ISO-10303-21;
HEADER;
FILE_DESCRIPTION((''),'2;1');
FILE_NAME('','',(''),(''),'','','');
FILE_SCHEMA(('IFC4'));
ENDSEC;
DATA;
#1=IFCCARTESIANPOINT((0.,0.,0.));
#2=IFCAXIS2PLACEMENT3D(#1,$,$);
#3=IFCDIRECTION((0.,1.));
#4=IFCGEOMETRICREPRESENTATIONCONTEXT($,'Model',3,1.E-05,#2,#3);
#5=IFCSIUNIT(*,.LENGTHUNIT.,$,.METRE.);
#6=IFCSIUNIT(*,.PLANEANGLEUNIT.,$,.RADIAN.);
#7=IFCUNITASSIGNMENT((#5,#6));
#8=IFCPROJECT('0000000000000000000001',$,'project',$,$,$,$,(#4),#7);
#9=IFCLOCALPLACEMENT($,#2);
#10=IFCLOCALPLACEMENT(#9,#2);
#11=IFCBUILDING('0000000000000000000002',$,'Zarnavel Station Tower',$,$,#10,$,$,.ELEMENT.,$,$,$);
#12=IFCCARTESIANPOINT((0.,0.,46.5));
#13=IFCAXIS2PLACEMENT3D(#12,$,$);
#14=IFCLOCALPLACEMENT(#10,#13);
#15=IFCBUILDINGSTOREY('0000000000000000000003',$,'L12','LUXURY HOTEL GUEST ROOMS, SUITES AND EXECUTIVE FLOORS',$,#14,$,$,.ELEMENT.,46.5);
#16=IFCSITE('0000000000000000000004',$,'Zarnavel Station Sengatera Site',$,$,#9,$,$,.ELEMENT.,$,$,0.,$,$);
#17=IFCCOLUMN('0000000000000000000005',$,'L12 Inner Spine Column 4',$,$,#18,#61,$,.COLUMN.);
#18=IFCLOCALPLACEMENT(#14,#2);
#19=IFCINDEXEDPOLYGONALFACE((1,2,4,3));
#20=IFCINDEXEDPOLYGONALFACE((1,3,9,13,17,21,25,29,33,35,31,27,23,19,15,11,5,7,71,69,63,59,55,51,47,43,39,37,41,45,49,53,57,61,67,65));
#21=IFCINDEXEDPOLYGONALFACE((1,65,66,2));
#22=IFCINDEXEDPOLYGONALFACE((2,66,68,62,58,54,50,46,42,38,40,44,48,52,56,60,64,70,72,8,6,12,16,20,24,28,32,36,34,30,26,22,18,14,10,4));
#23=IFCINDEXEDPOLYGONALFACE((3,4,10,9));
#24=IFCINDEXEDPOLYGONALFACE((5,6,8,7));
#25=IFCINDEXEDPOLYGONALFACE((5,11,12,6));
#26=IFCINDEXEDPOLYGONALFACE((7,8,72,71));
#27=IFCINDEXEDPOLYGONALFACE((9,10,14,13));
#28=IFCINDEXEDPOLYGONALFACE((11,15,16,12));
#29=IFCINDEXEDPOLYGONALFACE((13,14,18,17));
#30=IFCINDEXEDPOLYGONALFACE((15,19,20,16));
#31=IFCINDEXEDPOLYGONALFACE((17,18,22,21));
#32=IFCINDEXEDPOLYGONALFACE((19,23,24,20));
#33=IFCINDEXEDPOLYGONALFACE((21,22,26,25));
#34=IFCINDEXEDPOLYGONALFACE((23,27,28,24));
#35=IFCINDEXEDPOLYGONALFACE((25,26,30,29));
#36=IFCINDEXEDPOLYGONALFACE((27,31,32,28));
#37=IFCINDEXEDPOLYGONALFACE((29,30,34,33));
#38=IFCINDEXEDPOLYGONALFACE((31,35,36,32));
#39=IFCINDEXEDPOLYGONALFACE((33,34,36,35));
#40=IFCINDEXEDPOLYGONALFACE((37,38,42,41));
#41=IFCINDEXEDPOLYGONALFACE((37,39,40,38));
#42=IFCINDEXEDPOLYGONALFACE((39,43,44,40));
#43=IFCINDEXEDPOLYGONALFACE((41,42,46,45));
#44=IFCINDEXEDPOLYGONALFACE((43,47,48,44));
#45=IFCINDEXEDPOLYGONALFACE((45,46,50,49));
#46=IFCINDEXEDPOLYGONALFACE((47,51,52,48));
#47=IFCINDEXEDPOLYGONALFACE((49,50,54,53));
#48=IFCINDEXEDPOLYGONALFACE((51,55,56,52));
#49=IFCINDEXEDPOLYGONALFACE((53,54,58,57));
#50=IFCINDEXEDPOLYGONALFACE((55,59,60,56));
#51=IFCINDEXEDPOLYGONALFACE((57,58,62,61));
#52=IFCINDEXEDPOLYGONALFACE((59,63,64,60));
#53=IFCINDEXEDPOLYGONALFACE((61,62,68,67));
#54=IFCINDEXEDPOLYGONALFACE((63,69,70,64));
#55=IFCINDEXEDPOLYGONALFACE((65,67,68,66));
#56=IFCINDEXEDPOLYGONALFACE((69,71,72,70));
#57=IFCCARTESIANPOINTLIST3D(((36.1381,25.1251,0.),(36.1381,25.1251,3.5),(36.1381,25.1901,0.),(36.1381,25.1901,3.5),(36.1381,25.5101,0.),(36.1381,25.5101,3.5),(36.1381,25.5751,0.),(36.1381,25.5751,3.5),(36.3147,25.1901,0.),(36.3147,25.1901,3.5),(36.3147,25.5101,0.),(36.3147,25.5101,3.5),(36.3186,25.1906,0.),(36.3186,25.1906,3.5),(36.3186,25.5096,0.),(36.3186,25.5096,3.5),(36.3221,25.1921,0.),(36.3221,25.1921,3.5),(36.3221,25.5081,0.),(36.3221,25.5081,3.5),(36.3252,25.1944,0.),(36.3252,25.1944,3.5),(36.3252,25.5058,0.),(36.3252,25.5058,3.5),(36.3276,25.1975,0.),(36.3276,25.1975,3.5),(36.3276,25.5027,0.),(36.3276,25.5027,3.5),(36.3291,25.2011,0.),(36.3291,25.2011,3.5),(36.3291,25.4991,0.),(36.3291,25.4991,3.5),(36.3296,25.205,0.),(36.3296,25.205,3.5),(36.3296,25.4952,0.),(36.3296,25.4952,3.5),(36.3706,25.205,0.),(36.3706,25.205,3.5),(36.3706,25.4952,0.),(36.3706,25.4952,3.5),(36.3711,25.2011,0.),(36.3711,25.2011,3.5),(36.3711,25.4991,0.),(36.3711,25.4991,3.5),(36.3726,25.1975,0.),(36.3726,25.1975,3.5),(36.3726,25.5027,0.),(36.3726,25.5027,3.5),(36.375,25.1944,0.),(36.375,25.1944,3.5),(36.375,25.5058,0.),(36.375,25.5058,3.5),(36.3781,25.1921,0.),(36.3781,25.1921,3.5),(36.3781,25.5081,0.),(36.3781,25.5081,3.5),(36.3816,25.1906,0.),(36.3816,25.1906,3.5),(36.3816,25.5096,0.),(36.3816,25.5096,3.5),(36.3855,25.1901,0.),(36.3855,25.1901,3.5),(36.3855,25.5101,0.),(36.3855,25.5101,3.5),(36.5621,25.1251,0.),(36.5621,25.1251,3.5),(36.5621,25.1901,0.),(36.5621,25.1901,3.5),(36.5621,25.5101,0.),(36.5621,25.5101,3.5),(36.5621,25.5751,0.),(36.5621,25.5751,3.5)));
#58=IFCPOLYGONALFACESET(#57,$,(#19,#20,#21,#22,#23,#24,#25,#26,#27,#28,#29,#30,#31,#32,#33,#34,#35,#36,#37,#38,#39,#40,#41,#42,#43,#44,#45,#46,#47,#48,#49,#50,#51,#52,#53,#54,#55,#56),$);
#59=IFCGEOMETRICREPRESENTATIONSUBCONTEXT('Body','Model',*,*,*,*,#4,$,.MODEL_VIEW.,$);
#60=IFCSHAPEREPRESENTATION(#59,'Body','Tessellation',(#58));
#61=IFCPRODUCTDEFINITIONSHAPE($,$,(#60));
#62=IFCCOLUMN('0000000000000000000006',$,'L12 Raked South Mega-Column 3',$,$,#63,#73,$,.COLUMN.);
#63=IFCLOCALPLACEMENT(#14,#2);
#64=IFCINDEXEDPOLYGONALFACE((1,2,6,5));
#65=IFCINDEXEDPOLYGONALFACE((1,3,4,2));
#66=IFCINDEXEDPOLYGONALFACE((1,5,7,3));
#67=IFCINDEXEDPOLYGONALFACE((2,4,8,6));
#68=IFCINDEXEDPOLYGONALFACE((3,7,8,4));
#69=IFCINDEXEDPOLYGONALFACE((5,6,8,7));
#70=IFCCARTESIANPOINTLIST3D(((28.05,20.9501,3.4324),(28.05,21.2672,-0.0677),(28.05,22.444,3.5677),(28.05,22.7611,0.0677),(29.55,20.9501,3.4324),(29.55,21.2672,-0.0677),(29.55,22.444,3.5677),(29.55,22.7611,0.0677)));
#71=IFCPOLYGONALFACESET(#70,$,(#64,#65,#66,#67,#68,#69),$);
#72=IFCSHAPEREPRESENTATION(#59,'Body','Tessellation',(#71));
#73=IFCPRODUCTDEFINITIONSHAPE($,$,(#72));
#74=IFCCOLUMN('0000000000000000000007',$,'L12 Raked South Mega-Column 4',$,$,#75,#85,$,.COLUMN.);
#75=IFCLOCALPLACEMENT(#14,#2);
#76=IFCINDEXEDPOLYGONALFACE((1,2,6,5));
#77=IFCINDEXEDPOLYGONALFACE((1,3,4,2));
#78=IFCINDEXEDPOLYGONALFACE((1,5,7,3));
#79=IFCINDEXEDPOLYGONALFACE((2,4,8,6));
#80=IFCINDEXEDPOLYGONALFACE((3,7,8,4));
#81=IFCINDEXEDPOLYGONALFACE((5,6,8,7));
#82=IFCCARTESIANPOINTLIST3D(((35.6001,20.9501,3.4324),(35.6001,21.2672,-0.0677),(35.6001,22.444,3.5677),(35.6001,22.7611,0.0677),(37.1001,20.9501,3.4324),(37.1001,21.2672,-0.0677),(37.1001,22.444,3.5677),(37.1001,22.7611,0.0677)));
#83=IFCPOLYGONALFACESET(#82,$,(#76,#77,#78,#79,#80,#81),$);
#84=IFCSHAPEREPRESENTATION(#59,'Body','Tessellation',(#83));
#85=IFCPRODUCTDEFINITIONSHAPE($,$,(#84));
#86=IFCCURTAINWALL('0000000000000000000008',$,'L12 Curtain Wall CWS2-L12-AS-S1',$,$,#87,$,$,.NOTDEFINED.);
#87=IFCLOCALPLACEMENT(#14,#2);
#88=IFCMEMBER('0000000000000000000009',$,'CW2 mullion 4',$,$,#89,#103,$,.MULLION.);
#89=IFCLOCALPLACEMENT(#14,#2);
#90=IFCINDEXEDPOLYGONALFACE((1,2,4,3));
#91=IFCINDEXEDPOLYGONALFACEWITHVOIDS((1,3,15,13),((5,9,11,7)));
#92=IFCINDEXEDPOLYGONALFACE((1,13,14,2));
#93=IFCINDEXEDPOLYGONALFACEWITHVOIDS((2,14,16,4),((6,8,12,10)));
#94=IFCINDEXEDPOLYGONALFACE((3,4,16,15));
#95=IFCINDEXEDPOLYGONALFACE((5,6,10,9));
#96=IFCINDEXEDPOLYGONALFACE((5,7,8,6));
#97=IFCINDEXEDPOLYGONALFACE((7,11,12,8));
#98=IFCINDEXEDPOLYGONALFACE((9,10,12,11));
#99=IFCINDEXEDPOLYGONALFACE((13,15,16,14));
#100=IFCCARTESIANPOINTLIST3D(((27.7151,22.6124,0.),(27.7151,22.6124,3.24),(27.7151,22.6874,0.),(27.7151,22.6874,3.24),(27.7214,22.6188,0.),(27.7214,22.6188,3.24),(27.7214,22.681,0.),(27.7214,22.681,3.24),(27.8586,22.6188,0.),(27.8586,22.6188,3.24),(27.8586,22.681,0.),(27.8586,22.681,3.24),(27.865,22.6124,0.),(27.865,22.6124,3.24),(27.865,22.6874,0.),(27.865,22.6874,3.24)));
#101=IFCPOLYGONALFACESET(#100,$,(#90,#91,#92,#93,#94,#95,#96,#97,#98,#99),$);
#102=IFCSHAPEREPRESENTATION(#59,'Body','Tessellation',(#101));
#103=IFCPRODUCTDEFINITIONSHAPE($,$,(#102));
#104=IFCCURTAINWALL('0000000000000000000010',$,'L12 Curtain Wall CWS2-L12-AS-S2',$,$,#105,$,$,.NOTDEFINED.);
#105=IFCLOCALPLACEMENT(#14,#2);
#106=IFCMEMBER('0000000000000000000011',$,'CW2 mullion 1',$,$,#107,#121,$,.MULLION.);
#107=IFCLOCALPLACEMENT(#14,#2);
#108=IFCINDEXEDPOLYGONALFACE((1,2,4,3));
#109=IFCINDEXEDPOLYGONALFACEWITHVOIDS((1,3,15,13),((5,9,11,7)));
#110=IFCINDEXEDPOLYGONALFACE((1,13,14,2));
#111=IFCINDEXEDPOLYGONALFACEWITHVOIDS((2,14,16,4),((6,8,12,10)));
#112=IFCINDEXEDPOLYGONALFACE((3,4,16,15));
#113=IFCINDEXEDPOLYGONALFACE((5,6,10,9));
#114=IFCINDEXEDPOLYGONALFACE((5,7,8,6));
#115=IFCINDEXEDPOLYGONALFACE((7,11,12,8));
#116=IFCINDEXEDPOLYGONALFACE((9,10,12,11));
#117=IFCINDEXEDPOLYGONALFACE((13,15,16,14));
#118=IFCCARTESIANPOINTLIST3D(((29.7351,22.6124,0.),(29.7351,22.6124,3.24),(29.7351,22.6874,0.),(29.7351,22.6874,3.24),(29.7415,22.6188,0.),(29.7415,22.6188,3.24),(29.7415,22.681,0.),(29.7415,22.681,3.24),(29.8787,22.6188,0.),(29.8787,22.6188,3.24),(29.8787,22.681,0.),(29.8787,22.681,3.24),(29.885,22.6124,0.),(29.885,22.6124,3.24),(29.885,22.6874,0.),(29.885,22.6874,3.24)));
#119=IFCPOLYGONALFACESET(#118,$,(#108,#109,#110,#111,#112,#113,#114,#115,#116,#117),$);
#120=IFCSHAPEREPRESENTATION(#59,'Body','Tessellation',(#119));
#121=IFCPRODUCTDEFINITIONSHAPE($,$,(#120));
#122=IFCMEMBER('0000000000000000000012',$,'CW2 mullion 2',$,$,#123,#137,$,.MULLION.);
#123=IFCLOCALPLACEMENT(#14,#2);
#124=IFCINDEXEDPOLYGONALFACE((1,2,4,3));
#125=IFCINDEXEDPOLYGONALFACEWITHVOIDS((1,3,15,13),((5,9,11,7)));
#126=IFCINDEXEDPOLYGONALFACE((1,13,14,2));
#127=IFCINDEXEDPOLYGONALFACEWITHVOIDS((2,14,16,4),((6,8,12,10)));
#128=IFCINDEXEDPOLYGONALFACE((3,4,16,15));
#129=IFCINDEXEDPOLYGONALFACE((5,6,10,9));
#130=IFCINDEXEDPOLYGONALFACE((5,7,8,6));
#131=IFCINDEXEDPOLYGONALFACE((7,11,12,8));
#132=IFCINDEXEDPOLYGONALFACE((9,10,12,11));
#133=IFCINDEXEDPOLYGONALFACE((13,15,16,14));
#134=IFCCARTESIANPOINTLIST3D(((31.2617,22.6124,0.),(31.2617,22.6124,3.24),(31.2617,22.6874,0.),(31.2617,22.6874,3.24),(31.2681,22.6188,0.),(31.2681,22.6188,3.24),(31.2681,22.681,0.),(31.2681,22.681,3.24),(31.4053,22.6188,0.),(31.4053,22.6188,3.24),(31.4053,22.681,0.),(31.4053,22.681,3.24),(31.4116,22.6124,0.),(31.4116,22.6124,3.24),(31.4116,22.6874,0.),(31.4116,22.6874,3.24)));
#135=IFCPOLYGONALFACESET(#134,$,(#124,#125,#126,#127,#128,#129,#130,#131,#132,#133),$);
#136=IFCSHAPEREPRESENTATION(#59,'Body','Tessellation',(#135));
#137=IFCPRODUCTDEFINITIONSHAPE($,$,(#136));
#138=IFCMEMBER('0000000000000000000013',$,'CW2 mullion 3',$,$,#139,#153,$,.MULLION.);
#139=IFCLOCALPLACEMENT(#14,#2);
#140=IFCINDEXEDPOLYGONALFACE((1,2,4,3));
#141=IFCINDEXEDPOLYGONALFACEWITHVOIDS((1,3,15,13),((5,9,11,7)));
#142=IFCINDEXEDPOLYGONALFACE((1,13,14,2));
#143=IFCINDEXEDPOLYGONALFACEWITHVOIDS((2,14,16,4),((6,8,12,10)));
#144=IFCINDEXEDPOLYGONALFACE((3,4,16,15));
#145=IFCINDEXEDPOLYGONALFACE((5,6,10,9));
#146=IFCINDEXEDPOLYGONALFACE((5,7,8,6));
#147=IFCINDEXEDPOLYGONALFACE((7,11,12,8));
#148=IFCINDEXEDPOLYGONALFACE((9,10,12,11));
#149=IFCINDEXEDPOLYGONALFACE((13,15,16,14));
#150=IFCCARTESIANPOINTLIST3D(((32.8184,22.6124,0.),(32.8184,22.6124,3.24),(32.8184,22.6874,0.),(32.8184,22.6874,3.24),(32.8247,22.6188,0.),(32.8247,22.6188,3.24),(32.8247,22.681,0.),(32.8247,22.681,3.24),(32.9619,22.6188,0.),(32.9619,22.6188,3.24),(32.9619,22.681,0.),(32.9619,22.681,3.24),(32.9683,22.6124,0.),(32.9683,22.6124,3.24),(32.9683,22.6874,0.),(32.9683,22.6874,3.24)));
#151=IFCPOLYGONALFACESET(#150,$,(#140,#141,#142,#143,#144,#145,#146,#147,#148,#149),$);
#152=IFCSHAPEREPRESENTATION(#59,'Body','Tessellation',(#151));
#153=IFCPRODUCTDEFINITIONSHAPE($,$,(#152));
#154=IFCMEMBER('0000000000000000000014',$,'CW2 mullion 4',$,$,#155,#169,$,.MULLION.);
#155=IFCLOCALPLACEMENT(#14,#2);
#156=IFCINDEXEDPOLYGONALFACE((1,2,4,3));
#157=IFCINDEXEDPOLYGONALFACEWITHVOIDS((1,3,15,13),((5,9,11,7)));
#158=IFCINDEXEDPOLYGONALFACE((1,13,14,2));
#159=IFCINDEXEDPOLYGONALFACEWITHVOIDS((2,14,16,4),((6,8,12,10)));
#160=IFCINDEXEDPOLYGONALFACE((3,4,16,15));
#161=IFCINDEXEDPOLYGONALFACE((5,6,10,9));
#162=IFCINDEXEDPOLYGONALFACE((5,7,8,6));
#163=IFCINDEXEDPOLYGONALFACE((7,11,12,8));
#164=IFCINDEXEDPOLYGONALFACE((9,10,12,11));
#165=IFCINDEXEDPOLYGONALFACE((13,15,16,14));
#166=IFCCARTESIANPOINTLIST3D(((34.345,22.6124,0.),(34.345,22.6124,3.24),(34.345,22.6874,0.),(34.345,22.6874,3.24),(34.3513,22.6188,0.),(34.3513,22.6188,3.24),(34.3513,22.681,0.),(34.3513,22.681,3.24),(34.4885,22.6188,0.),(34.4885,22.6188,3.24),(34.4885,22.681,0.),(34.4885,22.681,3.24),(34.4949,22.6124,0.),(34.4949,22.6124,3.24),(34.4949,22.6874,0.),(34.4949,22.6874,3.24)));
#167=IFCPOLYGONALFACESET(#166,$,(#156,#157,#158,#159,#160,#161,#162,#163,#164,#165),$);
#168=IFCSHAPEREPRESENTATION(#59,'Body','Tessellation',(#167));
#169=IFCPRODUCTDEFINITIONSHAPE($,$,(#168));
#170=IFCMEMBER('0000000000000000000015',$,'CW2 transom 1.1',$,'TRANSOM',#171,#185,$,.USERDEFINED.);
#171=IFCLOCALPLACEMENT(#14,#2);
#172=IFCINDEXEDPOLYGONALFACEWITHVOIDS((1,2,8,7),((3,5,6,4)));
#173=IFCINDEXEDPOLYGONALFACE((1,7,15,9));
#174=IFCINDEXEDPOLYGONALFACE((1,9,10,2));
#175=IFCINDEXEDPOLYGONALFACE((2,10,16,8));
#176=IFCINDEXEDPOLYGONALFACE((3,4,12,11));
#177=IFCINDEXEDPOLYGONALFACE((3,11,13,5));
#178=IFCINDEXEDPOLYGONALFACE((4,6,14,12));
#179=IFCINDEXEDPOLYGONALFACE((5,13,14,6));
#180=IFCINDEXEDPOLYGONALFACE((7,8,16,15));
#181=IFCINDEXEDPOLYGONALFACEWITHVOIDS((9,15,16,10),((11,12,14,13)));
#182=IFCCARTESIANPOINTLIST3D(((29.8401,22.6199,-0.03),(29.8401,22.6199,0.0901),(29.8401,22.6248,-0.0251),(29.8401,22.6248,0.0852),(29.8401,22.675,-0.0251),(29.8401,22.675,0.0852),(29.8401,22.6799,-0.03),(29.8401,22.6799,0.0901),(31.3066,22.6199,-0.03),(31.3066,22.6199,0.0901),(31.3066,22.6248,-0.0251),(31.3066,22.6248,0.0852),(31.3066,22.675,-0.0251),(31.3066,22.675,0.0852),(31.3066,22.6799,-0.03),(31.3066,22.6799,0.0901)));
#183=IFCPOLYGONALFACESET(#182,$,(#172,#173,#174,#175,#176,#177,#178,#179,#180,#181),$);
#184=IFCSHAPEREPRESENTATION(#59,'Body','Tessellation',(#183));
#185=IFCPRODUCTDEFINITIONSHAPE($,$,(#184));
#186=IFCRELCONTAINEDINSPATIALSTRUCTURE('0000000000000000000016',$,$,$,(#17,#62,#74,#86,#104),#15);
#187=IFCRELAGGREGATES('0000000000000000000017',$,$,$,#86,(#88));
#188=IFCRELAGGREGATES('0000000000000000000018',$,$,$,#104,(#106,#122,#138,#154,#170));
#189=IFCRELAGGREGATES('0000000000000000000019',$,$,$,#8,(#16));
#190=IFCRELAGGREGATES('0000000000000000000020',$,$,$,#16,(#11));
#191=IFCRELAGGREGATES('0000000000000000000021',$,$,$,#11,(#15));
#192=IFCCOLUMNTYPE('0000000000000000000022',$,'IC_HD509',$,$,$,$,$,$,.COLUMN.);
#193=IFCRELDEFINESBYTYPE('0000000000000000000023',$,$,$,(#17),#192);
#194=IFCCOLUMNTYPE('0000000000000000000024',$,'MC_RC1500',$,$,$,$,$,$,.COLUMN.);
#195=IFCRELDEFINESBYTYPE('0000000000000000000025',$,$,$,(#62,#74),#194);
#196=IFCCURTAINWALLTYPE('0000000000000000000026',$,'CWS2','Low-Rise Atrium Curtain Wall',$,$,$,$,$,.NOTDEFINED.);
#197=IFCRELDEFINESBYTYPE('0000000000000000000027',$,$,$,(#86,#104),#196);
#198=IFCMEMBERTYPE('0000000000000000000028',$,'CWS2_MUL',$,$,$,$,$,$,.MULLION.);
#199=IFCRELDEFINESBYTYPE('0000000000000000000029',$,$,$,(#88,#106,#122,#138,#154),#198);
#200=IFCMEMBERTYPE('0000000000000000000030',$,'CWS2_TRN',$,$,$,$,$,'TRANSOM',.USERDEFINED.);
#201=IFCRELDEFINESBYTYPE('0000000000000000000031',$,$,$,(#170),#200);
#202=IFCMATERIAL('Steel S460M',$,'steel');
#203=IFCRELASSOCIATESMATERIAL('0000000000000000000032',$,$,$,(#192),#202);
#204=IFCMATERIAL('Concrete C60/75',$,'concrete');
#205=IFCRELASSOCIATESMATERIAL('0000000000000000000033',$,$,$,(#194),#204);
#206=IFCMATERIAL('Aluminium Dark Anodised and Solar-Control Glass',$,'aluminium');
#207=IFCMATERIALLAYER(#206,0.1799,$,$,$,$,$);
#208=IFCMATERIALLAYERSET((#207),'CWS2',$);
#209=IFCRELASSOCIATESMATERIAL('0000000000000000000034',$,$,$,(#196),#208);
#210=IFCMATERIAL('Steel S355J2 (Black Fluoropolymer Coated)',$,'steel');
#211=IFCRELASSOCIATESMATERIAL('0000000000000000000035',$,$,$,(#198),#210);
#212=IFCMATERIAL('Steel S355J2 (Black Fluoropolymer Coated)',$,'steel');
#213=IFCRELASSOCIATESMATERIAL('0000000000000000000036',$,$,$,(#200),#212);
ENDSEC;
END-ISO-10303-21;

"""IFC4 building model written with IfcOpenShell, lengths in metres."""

from ifc_helpers import new_model, si_unit, direction, frame, origin, origin_2d, place, context, subcontext, project, spatial, rectangle, hollow_rectangle, i_section, extrude, material, layer, layer_set, material_profile, profile_set, type_object, element, aggregate, save


model = new_model("IFC4")

# Units and contexts
model_context = context("Model", 3, precision=1e-05, world=origin(), true_north=direction((0.0, 1.0)))
body_context = subcontext(model_context, "Body", "Model", "MODEL_VIEW")
ifc_project = project(units=[si_unit("LENGTHUNIT", "METRE"), si_unit("PLANEANGLEUNIT", "RADIAN")], contexts=[model_context])

# Site, building, storey
site_placement = place(None, origin())
site = spatial("IfcSite", under=ifc_project, at=site_placement, Name="Zarnavel Station Sengatera Site", CompositionType="ELEMENT", RefElevation=0.0)
building_placement = place(site_placement, origin())
building = spatial("IfcBuilding", under=site, at=building_placement, Name="Zarnavel Station Tower", CompositionType="ELEMENT")
storey_placement = place(building_placement, frame((0.0, 0.0, 46.5)))
storey = spatial("IfcBuildingStorey", under=building, at=storey_placement, Name="L12", Description="LUXURY HOTEL GUEST ROOMS, SUITES AND EXECUTIVE FLOORS", CompositionType="ELEMENT", Elevation=46.5)

# Columns
ifc_material_1 = material(Name="Steel S460M", Category="steel")
ifc_material_profile_1 = material_profile(ifc_material_1, i_section(OverallWidth=0.4241, OverallDepth=0.45, WebThickness=0.041, FlangeThickness=0.0649, FilletRadius=0.0149, at=origin_2d()), Name="HD400x509")
ifc_profile_set_1 = profile_set([ifc_material_profile_1], Name="Steel S460M")
column_type_1 = type_object("IfcColumnType", Name="IC_HD509", PredefinedType="COLUMN", material=ifc_profile_set_1)
column_placement = place(storey_placement, frame((36.3501, 25.3501, 0.0), z_axis=(0.0, 0.0, 1.0), x_axis=(1.0, 0.0, 0.0)))
element("IfcColumn", 1, at=column_placement, inside=storey, type_object=column_type_1, Name="L12 Inner Spine Column 4", PredefinedType="COLUMN", context=body_context, shape_type="SweptSolid", body=[
    extrude(i_section(OverallWidth=0.4241, OverallDepth=0.45, WebThickness=0.041, FlangeThickness=0.0649, FilletRadius=0.0149, at=origin_2d()), origin(), (0.0, 0.0, 1.0), 3.5),
])
ifc_material_2 = material(Name="Concrete C60/75", Category="concrete")
ifc_material_profile_2 = material_profile(ifc_material_2, rectangle(XDim=1.5, YDim=1.5, at=origin_2d()), Name="RC1500x1500")
ifc_profile_set_2 = profile_set([ifc_material_profile_2], Name="Concrete C60/75")
column_type_2 = type_object("IfcColumnType", Name="MC_RC1500", PredefinedType="COLUMN", material=ifc_profile_set_2)
for number, where, z_axis, x_axis, name in (
    (2, (28.8, 22.0142, 0.0), (0.0, -0.090241, 0.99592), (1.0, 0.0, 0.0), "L12 Raked South Mega-Column 3"),
    (3, (36.3501, 22.0142, 0.0), (0.0, -0.090241, 0.99592), (1.0, 0.0, 0.0), "L12 Raked South Mega-Column 4"),
):
    element("IfcColumn", number, at=place(storey_placement, frame(where, z_axis=z_axis, x_axis=x_axis)), inside=storey, type_object=column_type_2, Name=name, PredefinedType="COLUMN", context=body_context, shape_type="SweptSolid", body=[
        extrude(rectangle(XDim=1.5, YDim=1.5, at=origin_2d()), origin(), (0.0, 0.0, 1.0), 3.5144),
    ])

# Curtain wall, member
ifc_material_3 = material(Name="Aluminium Dark Anodised and Solar-Control Glass", Category="aluminium")
ifc_layer_1 = layer(ifc_material_3, 0.1799)
ifc_layer_set_1 = layer_set([ifc_layer_1], Name="CWS2")
curtain_wall_type = type_object("IfcCurtainWallType", Name="CWS2", Description="Low-Rise Atrium Curtain Wall", PredefinedType="NOTDEFINED", material=ifc_layer_set_1)
curtain_wall_1_placement = place(storey_placement, origin())
curtain_wall_1 = element("IfcCurtainWall", 4, at=curtain_wall_1_placement, inside=storey, type_object=curtain_wall_type, Name="L12 Curtain Wall CWS2-L12-AS-S1", PredefinedType="NOTDEFINED")
ifc_material_4 = material(Name="Steel S355J2 (Black Fluoropolymer Coated)", Category="steel")
ifc_material_profile_3 = material_profile(ifc_material_4, hollow_rectangle(XDim=0.075, YDim=0.1499, WallThickness=0.0063, at=origin_2d()), Name="RHS150x75x6.3")
ifc_profile_set_3 = profile_set([ifc_material_profile_3], Name="Steel S355J2 (Black Fluoropolymer Coated)")
member_type_1 = type_object("IfcMemberType", Name="CWS2_MUL", PredefinedType="MULLION", material=ifc_profile_set_3)
member_1_placement = place(storey_placement, frame((27.79, 22.6499, 0.0), z_axis=(0.0, 0.0, 1.0), x_axis=(0.0, 1.0, 0.0)))
member_1 = element("IfcMember", 5, at=member_1_placement, type_object=member_type_1, Name="CW2 mullion 4", PredefinedType="MULLION", context=body_context, shape_type="SweptSolid", body=[
    extrude(hollow_rectangle(XDim=0.075, YDim=0.1499, WallThickness=0.0063, at=origin_2d()), origin(), (0.0, 0.0, 1.0), 3.24),
])
aggregate(curtain_wall_1, [member_1])

# Curtain wall, members
curtain_wall_2_placement = place(storey_placement, origin())
curtain_wall_2 = element("IfcCurtainWall", 6, at=curtain_wall_2_placement, inside=storey, type_object=curtain_wall_type, Name="L12 Curtain Wall CWS2-L12-AS-S2", PredefinedType="NOTDEFINED")
member_2_placement = place(storey_placement, frame((29.8101, 22.6499, 0.0), z_axis=(0.0, 0.0, 1.0), x_axis=(0.0, 1.0, 0.0)))
member_2 = element("IfcMember", 7, at=member_2_placement, type_object=member_type_1, Name="CW2 mullion 1", PredefinedType="MULLION", context=body_context, shape_type="SweptSolid", body=[
    extrude(hollow_rectangle(XDim=0.075, YDim=0.1499, WallThickness=0.0063, at=origin_2d()), origin(), (0.0, 0.0, 1.0), 3.24),
])
member_3_placement = place(storey_placement, frame((31.3367, 22.6499, 0.0), z_axis=(0.0, 0.0, 1.0), x_axis=(0.0, 1.0, 0.0)))
member_3 = element("IfcMember", 8, at=member_3_placement, type_object=member_type_1, Name="CW2 mullion 2", PredefinedType="MULLION", context=body_context, shape_type="SweptSolid", body=[
    extrude(hollow_rectangle(XDim=0.075, YDim=0.1499, WallThickness=0.0063, at=origin_2d()), origin(), (0.0, 0.0, 1.0), 3.24),
])
member_4_placement = place(storey_placement, frame((32.8933, 22.6499, 0.0), z_axis=(0.0, 0.0, 1.0), x_axis=(0.0, 1.0, 0.0)))
member_4 = element("IfcMember", 9, at=member_4_placement, type_object=member_type_1, Name="CW2 mullion 3", PredefinedType="MULLION", context=body_context, shape_type="SweptSolid", body=[
    extrude(hollow_rectangle(XDim=0.075, YDim=0.1499, WallThickness=0.0063, at=origin_2d()), origin(), (0.0, 0.0, 1.0), 3.24),
])
member_5_placement = place(storey_placement, frame((34.4199, 22.6499, 0.0), z_axis=(0.0, 0.0, 1.0), x_axis=(0.0, 1.0, 0.0)))
member_5 = element("IfcMember", 10, at=member_5_placement, type_object=member_type_1, Name="CW2 mullion 4", PredefinedType="MULLION", context=body_context, shape_type="SweptSolid", body=[
    extrude(hollow_rectangle(XDim=0.075, YDim=0.1499, WallThickness=0.0063, at=origin_2d()), origin(), (0.0, 0.0, 1.0), 3.24),
])
ifc_material_5 = material(Name="Steel S355J2 (Black Fluoropolymer Coated)", Category="steel")
ifc_material_profile_4 = material_profile(ifc_material_5, hollow_rectangle(XDim=0.0601, YDim=0.1201, WallThickness=0.0049, at=origin_2d()), Name="RHS120x60x5")
ifc_profile_set_4 = profile_set([ifc_material_profile_4], Name="Steel S355J2 (Black Fluoropolymer Coated)")
member_type_2 = type_object("IfcMemberType", Name="CWS2_TRN", ElementType="TRANSOM", PredefinedType="USERDEFINED", material=ifc_profile_set_4)
member_6_placement = place(storey_placement, frame((29.8401, 22.6499, 0.03), z_axis=(1.0, 0.0, 0.0), x_axis=(0.0, 1.0, 0.0)))
member_6 = element("IfcMember", 11, at=member_6_placement, type_object=member_type_2, Name="CW2 transom 1.1", ObjectType="TRANSOM", PredefinedType="USERDEFINED", context=body_context, shape_type="SweptSolid", body=[
    extrude(hollow_rectangle(XDim=0.0601, YDim=0.1201, WallThickness=0.0049, at=origin_2d()), origin(), (0.0, 0.0, 1.0), 1.4666),
])

aggregate(curtain_wall_2, [member_2, member_3, member_4, member_5, member_6])

save(model, "model.ifc")
